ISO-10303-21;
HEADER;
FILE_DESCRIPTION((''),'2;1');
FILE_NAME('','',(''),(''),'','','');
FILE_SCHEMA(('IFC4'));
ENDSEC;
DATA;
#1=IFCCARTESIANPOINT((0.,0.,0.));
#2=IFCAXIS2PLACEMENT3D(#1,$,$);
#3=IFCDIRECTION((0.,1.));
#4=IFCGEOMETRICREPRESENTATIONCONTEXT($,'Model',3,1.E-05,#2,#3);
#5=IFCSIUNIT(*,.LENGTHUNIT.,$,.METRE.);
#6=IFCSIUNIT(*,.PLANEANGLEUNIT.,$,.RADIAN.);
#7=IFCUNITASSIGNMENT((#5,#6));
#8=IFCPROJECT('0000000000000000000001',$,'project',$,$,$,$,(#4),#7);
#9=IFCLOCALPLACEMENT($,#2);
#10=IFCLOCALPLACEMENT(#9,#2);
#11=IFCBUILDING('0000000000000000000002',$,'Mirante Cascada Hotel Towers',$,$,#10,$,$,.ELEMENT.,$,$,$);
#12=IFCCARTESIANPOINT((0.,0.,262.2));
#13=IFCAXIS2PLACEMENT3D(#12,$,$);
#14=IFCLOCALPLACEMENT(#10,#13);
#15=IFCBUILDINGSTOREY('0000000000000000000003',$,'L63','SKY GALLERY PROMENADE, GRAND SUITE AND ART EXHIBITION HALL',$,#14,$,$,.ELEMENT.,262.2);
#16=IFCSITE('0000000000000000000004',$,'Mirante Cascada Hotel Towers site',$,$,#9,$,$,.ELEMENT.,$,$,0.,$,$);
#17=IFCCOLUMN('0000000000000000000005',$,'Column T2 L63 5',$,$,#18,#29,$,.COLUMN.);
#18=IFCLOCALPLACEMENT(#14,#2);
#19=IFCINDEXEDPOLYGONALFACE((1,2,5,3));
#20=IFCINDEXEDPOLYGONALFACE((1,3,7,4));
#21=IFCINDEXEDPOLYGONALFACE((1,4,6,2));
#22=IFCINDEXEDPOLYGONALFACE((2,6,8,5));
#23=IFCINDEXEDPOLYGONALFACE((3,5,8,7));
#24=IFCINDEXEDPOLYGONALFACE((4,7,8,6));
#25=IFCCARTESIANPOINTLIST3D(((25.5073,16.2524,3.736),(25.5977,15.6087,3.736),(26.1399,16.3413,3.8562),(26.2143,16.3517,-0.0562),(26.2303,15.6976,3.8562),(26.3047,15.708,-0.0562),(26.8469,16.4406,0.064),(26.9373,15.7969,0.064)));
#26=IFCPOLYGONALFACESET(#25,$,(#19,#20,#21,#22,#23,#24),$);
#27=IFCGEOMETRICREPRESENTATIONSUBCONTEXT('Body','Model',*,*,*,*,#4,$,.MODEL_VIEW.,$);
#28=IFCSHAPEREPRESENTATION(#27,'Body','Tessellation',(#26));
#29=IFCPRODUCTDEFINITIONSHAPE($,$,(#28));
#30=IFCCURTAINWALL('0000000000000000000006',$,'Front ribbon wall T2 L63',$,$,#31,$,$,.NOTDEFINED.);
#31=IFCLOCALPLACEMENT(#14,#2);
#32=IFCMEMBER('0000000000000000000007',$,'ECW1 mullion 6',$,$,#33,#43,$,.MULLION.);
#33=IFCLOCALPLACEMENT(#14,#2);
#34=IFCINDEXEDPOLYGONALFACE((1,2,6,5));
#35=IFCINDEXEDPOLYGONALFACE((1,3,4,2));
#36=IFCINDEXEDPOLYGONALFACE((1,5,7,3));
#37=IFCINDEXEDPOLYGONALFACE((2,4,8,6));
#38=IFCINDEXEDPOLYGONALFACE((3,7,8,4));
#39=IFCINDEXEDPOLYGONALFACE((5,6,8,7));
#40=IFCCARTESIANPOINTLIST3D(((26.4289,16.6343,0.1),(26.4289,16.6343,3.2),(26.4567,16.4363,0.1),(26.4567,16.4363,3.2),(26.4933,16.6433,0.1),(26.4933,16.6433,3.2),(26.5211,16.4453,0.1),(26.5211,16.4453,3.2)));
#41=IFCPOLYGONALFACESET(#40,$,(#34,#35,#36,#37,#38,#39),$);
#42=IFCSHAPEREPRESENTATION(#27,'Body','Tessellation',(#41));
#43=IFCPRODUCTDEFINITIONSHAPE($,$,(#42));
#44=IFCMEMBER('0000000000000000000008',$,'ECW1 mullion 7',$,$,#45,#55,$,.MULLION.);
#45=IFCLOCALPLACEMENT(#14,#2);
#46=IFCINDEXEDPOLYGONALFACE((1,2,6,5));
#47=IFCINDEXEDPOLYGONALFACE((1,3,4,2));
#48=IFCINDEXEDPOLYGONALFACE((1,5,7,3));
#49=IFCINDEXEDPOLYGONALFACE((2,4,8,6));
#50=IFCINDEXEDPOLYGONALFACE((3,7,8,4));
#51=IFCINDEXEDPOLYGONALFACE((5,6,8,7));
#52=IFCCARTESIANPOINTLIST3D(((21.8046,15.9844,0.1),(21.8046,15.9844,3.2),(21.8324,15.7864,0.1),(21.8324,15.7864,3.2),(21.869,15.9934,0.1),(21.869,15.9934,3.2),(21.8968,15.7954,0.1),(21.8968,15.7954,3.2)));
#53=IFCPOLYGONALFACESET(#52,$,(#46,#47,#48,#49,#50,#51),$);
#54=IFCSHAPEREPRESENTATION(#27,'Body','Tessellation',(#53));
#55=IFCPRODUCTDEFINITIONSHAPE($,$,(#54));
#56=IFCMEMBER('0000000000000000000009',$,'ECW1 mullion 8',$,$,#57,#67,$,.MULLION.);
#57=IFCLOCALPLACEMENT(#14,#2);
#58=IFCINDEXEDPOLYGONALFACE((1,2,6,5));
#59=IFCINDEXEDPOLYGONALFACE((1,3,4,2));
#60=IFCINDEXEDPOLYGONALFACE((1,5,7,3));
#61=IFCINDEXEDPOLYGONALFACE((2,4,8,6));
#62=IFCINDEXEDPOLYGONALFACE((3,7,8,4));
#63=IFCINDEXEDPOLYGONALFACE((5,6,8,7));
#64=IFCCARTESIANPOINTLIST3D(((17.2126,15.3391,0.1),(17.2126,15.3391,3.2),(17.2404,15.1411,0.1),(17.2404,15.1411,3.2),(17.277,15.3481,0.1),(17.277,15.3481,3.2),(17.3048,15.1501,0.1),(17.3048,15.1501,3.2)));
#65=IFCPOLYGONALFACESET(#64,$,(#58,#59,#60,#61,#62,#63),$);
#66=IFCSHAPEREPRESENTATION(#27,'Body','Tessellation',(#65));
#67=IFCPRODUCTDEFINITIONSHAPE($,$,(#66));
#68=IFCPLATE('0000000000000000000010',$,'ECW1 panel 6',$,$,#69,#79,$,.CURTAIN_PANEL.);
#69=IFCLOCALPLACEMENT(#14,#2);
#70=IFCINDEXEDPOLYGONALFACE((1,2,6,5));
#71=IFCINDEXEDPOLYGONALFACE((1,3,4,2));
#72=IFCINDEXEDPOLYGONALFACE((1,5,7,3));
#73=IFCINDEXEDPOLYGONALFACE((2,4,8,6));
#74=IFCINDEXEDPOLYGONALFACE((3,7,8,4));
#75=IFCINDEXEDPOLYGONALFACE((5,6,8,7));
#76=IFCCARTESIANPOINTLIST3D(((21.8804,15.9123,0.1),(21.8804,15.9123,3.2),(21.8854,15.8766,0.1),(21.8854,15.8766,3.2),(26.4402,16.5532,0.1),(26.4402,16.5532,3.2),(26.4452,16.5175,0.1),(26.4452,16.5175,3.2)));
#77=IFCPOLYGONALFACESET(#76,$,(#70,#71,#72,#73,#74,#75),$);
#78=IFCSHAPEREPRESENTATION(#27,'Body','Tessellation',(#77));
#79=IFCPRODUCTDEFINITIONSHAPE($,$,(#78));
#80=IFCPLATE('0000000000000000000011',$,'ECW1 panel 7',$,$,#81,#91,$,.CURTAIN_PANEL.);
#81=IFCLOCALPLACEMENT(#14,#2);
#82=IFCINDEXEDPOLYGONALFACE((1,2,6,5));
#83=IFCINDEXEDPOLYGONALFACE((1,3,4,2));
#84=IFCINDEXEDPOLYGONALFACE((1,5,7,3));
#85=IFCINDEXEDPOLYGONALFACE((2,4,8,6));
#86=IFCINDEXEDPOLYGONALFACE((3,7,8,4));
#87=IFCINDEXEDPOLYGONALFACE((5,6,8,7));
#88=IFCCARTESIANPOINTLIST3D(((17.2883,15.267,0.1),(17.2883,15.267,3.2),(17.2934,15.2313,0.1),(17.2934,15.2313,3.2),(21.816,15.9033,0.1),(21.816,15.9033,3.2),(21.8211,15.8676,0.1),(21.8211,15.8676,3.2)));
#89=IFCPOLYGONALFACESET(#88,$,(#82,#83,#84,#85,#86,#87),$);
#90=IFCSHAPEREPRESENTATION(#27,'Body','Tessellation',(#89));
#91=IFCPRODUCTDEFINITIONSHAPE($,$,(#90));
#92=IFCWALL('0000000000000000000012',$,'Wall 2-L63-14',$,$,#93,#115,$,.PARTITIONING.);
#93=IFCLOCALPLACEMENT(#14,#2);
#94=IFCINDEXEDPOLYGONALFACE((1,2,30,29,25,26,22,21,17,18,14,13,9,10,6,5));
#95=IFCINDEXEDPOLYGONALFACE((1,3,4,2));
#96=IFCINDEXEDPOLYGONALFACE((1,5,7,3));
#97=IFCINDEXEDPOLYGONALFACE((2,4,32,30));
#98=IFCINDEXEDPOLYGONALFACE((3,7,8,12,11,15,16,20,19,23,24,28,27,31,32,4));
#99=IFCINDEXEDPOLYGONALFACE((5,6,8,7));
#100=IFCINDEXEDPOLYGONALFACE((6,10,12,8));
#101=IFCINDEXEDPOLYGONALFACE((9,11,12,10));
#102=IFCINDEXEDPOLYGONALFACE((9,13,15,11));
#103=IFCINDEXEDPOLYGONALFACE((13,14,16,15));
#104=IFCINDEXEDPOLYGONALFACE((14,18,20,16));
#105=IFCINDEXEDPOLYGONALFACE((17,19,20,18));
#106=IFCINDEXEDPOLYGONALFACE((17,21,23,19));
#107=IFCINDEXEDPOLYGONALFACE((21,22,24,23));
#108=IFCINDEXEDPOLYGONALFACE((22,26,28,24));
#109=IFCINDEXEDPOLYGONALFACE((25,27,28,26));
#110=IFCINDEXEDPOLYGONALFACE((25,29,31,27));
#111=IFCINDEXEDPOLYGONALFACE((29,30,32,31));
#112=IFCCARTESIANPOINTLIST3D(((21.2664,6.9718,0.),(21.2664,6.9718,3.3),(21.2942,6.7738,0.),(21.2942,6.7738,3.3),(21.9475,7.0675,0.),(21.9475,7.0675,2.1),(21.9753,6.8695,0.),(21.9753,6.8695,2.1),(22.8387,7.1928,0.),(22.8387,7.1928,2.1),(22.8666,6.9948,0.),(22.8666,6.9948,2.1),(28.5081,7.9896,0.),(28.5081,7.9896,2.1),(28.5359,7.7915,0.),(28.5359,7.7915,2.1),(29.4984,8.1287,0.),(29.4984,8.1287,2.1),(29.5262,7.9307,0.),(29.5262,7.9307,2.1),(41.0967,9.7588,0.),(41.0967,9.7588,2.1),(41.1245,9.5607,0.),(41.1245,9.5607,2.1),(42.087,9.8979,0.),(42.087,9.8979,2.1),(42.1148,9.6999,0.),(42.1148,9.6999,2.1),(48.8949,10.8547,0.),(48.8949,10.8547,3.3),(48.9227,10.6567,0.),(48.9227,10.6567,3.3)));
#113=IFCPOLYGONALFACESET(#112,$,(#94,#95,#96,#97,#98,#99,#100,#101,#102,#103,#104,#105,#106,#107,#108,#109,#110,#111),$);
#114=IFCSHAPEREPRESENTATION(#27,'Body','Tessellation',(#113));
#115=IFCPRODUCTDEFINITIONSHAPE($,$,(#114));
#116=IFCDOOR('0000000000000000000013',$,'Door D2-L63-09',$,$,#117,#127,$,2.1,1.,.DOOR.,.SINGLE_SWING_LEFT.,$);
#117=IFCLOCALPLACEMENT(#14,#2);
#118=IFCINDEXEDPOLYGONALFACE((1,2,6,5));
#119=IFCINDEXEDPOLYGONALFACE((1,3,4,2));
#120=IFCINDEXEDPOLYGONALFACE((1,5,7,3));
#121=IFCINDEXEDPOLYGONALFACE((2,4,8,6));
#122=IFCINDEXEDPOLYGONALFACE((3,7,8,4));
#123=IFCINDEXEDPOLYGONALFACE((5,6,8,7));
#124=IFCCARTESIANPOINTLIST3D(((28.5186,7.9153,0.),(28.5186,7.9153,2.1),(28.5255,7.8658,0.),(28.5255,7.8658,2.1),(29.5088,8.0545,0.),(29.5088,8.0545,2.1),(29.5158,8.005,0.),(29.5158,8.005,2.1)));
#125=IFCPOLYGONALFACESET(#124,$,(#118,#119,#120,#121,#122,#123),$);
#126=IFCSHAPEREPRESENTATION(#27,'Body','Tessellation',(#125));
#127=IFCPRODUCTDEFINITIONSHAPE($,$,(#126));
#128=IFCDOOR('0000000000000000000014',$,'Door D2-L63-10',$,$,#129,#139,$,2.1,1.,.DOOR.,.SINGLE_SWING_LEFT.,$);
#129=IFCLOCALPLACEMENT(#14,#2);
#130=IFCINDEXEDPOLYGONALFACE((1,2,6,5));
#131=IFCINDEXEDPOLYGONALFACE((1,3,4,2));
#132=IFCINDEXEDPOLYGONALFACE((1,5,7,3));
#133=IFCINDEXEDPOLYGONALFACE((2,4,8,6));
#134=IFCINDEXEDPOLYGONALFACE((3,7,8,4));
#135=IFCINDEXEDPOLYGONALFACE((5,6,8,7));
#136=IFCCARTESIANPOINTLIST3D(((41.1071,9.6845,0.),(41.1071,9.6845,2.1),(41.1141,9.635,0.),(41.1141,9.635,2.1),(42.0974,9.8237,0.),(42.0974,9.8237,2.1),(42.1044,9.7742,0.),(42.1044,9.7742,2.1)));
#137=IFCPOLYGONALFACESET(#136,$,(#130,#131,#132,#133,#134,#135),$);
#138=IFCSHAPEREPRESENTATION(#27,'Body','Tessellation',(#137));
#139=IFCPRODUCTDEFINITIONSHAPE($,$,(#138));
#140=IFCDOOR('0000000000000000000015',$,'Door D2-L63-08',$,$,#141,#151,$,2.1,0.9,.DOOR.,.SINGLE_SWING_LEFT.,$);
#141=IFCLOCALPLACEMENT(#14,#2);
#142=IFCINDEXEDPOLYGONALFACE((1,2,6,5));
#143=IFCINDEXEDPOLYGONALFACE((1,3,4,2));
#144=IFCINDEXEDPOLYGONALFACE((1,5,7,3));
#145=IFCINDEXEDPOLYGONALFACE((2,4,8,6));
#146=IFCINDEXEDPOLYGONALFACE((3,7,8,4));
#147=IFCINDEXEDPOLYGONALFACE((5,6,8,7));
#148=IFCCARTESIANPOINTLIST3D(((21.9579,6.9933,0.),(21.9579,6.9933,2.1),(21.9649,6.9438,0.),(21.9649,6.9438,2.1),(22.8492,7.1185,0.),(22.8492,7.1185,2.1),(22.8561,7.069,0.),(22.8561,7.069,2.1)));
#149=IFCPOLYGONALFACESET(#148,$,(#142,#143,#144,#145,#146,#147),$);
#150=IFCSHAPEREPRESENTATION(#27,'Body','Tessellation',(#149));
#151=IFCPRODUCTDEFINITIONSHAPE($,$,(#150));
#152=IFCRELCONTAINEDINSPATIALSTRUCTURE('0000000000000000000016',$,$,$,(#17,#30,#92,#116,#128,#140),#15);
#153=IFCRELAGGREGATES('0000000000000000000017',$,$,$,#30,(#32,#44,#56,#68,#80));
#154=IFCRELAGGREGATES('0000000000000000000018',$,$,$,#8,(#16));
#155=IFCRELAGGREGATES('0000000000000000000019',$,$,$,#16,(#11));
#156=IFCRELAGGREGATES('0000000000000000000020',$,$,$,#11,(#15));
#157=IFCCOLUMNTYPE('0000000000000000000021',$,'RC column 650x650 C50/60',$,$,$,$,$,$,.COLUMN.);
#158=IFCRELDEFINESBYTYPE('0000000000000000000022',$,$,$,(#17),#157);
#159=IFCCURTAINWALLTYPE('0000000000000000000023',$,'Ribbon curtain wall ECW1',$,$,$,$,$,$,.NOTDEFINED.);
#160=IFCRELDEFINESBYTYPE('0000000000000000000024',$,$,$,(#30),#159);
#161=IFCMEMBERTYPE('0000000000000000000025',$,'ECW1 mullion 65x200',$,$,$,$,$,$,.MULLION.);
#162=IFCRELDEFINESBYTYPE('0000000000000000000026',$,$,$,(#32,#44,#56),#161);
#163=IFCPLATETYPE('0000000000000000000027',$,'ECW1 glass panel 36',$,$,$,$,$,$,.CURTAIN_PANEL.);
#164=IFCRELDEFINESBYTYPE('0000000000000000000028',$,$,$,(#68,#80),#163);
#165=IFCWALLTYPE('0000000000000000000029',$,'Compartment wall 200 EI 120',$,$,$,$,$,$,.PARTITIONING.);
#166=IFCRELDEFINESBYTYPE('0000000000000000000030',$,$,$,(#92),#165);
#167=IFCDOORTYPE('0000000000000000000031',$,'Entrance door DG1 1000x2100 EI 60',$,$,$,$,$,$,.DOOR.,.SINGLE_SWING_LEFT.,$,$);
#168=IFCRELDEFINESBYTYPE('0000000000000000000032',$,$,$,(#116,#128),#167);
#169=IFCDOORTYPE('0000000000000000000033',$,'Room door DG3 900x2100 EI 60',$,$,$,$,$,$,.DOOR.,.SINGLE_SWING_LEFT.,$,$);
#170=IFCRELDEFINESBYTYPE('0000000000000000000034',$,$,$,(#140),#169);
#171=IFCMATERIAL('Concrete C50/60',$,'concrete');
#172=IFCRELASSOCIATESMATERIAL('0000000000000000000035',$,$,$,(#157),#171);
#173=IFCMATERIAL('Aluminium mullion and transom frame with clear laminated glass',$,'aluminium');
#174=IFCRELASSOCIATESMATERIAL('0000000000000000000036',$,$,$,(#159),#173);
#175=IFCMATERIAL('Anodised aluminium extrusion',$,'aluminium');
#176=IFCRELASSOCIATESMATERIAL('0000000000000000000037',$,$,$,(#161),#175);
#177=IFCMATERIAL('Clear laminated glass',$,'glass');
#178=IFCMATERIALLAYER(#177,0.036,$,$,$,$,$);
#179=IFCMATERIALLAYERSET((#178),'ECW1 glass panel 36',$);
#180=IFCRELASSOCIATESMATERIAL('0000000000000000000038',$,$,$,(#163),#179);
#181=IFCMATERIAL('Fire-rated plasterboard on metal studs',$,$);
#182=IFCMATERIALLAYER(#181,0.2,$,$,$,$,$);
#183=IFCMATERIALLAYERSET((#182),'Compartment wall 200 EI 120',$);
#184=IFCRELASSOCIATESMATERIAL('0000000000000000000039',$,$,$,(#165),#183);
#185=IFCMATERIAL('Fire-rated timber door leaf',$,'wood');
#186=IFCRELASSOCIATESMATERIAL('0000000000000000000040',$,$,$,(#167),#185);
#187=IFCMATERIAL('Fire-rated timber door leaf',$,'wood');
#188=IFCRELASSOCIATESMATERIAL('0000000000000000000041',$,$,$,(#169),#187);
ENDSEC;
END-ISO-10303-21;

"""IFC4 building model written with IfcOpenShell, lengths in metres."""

from ifc_helpers import new_model, si_unit, direction, frame, frame_2d, origin, origin_2d, place, context, subcontext, project, spatial, rectangle, extrude, material, layer, layer_set, material_profile, profile_set, type_object, element, fill, aggregate, save


model = new_model("IFC4")

# Units and contexts
model_context = context("Model", 3, precision=1e-05, world=origin(), true_north=direction((0.0, 1.0)))
body_context = subcontext(model_context, "Body", "Model", "MODEL_VIEW")
ifc_project = project(units=[si_unit("LENGTHUNIT", "METRE"), si_unit("PLANEANGLEUNIT", "RADIAN")], contexts=[model_context])

# Site, building, storey
site_placement = place(None, origin())
site = spatial("IfcSite", under=ifc_project, at=site_placement, Name="Mirante Cascada Hotel Towers site", CompositionType="ELEMENT", RefElevation=0.0)
building_placement = place(site_placement, origin())
building = spatial("IfcBuilding", under=site, at=building_placement, Name="Mirante Cascada Hotel Towers", CompositionType="ELEMENT")
storey_placement = place(building_placement, frame((0.0, 0.0, 262.2)))
storey = spatial("IfcBuildingStorey", under=building, at=storey_placement, Name="L63", Description="SKY GALLERY PROMENADE, GRAND SUITE AND ART EXHIBITION HALL", CompositionType="ELEMENT", Elevation=262.2)

# Column
ifc_material_1 = material(Name="Concrete C50/60", Category="concrete")
ifc_material_profile_1 = material_profile(ifc_material_1, rectangle(XDim=0.65, YDim=0.65, at=origin_2d()), Name="RC column 650x650 C50/60")
ifc_profile_set_1 = profile_set([ifc_material_profile_1], Name="Concrete C50/60")
column_type = type_object("IfcColumnType", Name="RC column 650x650 C50/60", PredefinedType="COLUMN", material=ifc_profile_set_1)
column_placement = place(storey_placement, frame((26.5758, 16.0743, 0.0039), z_axis=(-0.183217, -0.025733, 0.982736), x_axis=(0.139087, -0.99028, 0.0)))
element("IfcColumn", 1, at=column_placement, inside=storey, type_object=column_type, Name="Column T2 L63 5", PredefinedType="COLUMN", context=body_context, shape_type="SweptSolid", body=[
    extrude(rectangle(XDim=0.65, YDim=0.65, at=origin_2d()), origin(), (0.0, 0.0, 1.0), 3.8588),
])

# Curtain wall, members, plates
ifc_material_2 = material(Name="Aluminium mullion and transom frame with clear laminated glass", Category="aluminium")
curtain_wall_type = type_object("IfcCurtainWallType", Name="Ribbon curtain wall ECW1", PredefinedType="NOTDEFINED", material=ifc_material_2)
curtain_wall_placement = place(storey_placement, origin())
curtain_wall = element("IfcCurtainWall", 2, at=curtain_wall_placement, inside=storey, type_object=curtain_wall_type, Name="Front ribbon wall T2 L63", PredefinedType="NOTDEFINED")
ifc_material_3 = material(Name="Anodised aluminium extrusion", Category="aluminium")
ifc_material_profile_2 = material_profile(ifc_material_3, rectangle(XDim=0.2, YDim=0.065, at=origin_2d()), Name="ECW1 MULLION 65x200")
ifc_profile_set_2 = profile_set([ifc_material_profile_2], Name="Anodised aluminium extrusion")
member_type = type_object("IfcMemberType", Name="ECW1 mullion 65x200", PredefinedType="MULLION", material=ifc_profile_set_2)
member_1_placement = place(storey_placement, frame((26.475, 16.5398, 0.1), z_axis=(0.0, 0.0, 1.0), x_axis=(0.139173, -0.990268, 0.0)))
member_1 = element("IfcMember", 3, at=member_1_placement, type_object=member_type, Name="ECW1 mullion 6", PredefinedType="MULLION", context=body_context, shape_type="SweptSolid", body=[
    extrude(rectangle(XDim=0.2, YDim=0.065, at=origin_2d()), origin(), (0.0, 0.0, 1.0), 3.1),
])
member_2_placement = place(storey_placement, frame((21.8507, 15.8899, 0.1), z_axis=(0.0, 0.0, 1.0), x_axis=(0.139173, -0.990268, 0.0)))
member_2 = element("IfcMember", 4, at=member_2_placement, type_object=member_type, Name="ECW1 mullion 7", PredefinedType="MULLION", context=body_context, shape_type="SweptSolid", body=[
    extrude(rectangle(XDim=0.2, YDim=0.065, at=origin_2d()), origin(), (0.0, 0.0, 1.0), 3.1),
])
member_3_placement = place(storey_placement, frame((17.2587, 15.2446, 0.1), z_axis=(0.0, 0.0, 1.0), x_axis=(0.139173, -0.990268, 0.0)))
member_3 = element("IfcMember", 5, at=member_3_placement, type_object=member_type, Name="ECW1 mullion 8", PredefinedType="MULLION", context=body_context, shape_type="SweptSolid", body=[
    extrude(rectangle(XDim=0.2, YDim=0.065, at=origin_2d()), origin(), (0.0, 0.0, 1.0), 3.1),
])
ifc_material_4 = material(Name="Clear laminated glass", Category="glass")
ifc_layer_1 = layer(ifc_material_4, 0.036)
ifc_layer_set_1 = layer_set([ifc_layer_1], Name="ECW1 glass panel 36")
plate_type = type_object("IfcPlateType", Name="ECW1 glass panel 36", PredefinedType="CURTAIN_PANEL", material=ifc_layer_set_1)
plate_1_placement = place(storey_placement, frame((24.1628, 16.2149, 0.1), z_axis=(0.0, 0.0, 1.0), x_axis=(-0.990268, -0.139173, 0.0)))
plate_1 = element("IfcPlate", 6, at=plate_1_placement, type_object=plate_type, Name="ECW1 panel 6", PredefinedType="CURTAIN_PANEL", context=body_context, shape_type="SweptSolid", body=[
    extrude(rectangle(XDim=4.6047, YDim=0.036, at=origin_2d()), origin(), (0.0, 0.0, 1.0), 3.1),
])
plate_2_placement = place(storey_placement, frame((19.5547, 15.5673, 0.1), z_axis=(0.0, 0.0, 1.0), x_axis=(-0.990268, -0.139173, 0.0)))
plate_2 = element("IfcPlate", 7, at=plate_2_placement, type_object=plate_type, Name="ECW1 panel 7", PredefinedType="CURTAIN_PANEL", context=body_context, shape_type="SweptSolid", body=[
    extrude(rectangle(XDim=4.5722, YDim=0.036, at=origin_2d()), origin(), (0.0, 0.0, 1.0), 3.1),
])
aggregate(curtain_wall, [member_1, member_2, member_3, plate_1, plate_2])

# Wall, openings, doors
ifc_material_5 = material(Name="Fire-rated plasterboard on metal studs")
ifc_layer_2 = layer(ifc_material_5, 0.2)
ifc_layer_set_2 = layer_set([ifc_layer_2], Name="Compartment wall 200 EI 120")
wall_type_1 = type_object("IfcWallType", Name="Compartment wall 200 EI 120", PredefinedType="PARTITIONING", material=ifc_layer_set_2)
wall_1_placement = place(storey_placement, frame((21.2803, 6.8728, 0.0), z_axis=(0.0, 0.0, 1.0), x_axis=(0.990268, 0.139172, 0.0)))
wall_1 = element("IfcWall", 8, at=wall_1_placement, inside=storey, type_object=wall_type_1, Name="Wall 2-L63-14", PredefinedType="PARTITIONING", context=body_context, shape_type="SweptSolid", body=[
    extrude(rectangle(XDim=27.9, YDim=0.2, at=frame_2d((13.95, 0.0))), origin(), (0.0, 0.0, 1.0), 3.3),
])
opening_1_placement = place(wall_1_placement, frame((0.6878, 0.0, 0.0)))
opening_1 = element("IfcOpeningElement", 9, at=opening_1_placement, cuts=wall_1, PredefinedType="OPENING", context=body_context, shape_type="SweptSolid", body=[
    extrude(rectangle(XDim=0.9, YDim=2.1, at=frame_2d((0.45, 1.05))), frame((0.0, 0.1, 0.0), z_axis=(0.0, -1.0, 0.0), x_axis=(1.0, 0.0, 0.0)), (0.0, 0.0, 1.0), 0.2),
])
opening_2_placement = place(wall_1_placement, frame((7.3129, 0.0, 0.0)))
opening_2 = element("IfcOpeningElement", 10, at=opening_2_placement, cuts=wall_1, PredefinedType="OPENING", context=body_context, shape_type="SweptSolid", body=[
    extrude(rectangle(XDim=1.0, YDim=2.1, at=frame_2d((0.5, 1.05))), frame((0.0, 0.1, 0.0), z_axis=(0.0, -1.0, 0.0), x_axis=(1.0, 0.0, 0.0)), (0.0, 0.0, 1.0), 0.2),
])
opening_3_placement = place(wall_1_placement, frame((20.0252, 0.0, 0.0)))
opening_3 = element("IfcOpeningElement", 11, at=opening_3_placement, cuts=wall_1, PredefinedType="OPENING", context=body_context, shape_type="SweptSolid", body=[
    extrude(rectangle(XDim=1.0, YDim=2.1, at=frame_2d((0.5, 1.05))), frame((0.0, 0.1, 0.0), z_axis=(0.0, -1.0, 0.0), x_axis=(1.0, 0.0, 0.0)), (0.0, 0.0, 1.0), 0.2),
])
ifc_material_6 = material(Name="Fire-rated timber door leaf", Category="wood")
door_type_1 = type_object("IfcDoorType", Name="Entrance door DG1 1000x2100 EI 60", OperationType="SINGLE_SWING_LEFT", PredefinedType="DOOR", material=ifc_material_6)
door_1_placement = place(opening_2_placement, origin())
door_1 = element("IfcDoor", 12, at=door_1_placement, inside=storey, type_object=door_type_1, Name="Door D2-L63-09", OperationType="SINGLE_SWING_LEFT", OverallHeight=2.1, OverallWidth=1.0, PredefinedType="DOOR", context=body_context, shape_type="SweptSolid", body=[
    extrude(rectangle(XDim=1.0, YDim=2.1, at=frame_2d((0.5, 1.05))), frame((0.0, 0.025, 0.0), z_axis=(0.0, -1.0, 0.0), x_axis=(1.0, 0.0, 0.0)), (0.0, 0.0, 1.0), 0.05),
])
fill(opening_2, door_1)
door_2_placement = place(opening_3_placement, origin())
door_2 = element("IfcDoor", 13, at=door_2_placement, inside=storey, type_object=door_type_1, Name="Door D2-L63-10", OperationType="SINGLE_SWING_LEFT", OverallHeight=2.1, OverallWidth=1.0, PredefinedType="DOOR", context=body_context, shape_type="SweptSolid", body=[
    extrude(rectangle(XDim=1.0, YDim=2.1, at=frame_2d((0.5, 1.05))), frame((0.0, 0.025, 0.0), z_axis=(0.0, -1.0, 0.0), x_axis=(1.0, 0.0, 0.0)), (0.0, 0.0, 1.0), 0.05),
])
fill(opening_3, door_2)
ifc_material_7 = material(Name="Fire-rated timber door leaf", Category="wood")
door_type_2 = type_object("IfcDoorType", Name="Room door DG3 900x2100 EI 60", OperationType="SINGLE_SWING_LEFT", PredefinedType="DOOR", material=ifc_material_7)
door_3_placement = place(opening_1_placement, origin())
door_3 = element("IfcDoor", 14, at=door_3_placement, inside=storey, type_object=door_type_2, Name="Door D2-L63-08", OperationType="SINGLE_SWING_LEFT", OverallHeight=2.1, OverallWidth=0.9, PredefinedType="DOOR", context=body_context, shape_type="SweptSolid", body=[
    extrude(rectangle(XDim=0.9, YDim=2.1, at=frame_2d((0.45, 1.05))), frame((0.0, 0.025, 0.0), z_axis=(0.0, -1.0, 0.0), x_axis=(1.0, 0.0, 0.0)), (0.0, 0.0, 1.0), 0.05),
])
fill(opening_1, door_3)

save(model, "model.ifc")
